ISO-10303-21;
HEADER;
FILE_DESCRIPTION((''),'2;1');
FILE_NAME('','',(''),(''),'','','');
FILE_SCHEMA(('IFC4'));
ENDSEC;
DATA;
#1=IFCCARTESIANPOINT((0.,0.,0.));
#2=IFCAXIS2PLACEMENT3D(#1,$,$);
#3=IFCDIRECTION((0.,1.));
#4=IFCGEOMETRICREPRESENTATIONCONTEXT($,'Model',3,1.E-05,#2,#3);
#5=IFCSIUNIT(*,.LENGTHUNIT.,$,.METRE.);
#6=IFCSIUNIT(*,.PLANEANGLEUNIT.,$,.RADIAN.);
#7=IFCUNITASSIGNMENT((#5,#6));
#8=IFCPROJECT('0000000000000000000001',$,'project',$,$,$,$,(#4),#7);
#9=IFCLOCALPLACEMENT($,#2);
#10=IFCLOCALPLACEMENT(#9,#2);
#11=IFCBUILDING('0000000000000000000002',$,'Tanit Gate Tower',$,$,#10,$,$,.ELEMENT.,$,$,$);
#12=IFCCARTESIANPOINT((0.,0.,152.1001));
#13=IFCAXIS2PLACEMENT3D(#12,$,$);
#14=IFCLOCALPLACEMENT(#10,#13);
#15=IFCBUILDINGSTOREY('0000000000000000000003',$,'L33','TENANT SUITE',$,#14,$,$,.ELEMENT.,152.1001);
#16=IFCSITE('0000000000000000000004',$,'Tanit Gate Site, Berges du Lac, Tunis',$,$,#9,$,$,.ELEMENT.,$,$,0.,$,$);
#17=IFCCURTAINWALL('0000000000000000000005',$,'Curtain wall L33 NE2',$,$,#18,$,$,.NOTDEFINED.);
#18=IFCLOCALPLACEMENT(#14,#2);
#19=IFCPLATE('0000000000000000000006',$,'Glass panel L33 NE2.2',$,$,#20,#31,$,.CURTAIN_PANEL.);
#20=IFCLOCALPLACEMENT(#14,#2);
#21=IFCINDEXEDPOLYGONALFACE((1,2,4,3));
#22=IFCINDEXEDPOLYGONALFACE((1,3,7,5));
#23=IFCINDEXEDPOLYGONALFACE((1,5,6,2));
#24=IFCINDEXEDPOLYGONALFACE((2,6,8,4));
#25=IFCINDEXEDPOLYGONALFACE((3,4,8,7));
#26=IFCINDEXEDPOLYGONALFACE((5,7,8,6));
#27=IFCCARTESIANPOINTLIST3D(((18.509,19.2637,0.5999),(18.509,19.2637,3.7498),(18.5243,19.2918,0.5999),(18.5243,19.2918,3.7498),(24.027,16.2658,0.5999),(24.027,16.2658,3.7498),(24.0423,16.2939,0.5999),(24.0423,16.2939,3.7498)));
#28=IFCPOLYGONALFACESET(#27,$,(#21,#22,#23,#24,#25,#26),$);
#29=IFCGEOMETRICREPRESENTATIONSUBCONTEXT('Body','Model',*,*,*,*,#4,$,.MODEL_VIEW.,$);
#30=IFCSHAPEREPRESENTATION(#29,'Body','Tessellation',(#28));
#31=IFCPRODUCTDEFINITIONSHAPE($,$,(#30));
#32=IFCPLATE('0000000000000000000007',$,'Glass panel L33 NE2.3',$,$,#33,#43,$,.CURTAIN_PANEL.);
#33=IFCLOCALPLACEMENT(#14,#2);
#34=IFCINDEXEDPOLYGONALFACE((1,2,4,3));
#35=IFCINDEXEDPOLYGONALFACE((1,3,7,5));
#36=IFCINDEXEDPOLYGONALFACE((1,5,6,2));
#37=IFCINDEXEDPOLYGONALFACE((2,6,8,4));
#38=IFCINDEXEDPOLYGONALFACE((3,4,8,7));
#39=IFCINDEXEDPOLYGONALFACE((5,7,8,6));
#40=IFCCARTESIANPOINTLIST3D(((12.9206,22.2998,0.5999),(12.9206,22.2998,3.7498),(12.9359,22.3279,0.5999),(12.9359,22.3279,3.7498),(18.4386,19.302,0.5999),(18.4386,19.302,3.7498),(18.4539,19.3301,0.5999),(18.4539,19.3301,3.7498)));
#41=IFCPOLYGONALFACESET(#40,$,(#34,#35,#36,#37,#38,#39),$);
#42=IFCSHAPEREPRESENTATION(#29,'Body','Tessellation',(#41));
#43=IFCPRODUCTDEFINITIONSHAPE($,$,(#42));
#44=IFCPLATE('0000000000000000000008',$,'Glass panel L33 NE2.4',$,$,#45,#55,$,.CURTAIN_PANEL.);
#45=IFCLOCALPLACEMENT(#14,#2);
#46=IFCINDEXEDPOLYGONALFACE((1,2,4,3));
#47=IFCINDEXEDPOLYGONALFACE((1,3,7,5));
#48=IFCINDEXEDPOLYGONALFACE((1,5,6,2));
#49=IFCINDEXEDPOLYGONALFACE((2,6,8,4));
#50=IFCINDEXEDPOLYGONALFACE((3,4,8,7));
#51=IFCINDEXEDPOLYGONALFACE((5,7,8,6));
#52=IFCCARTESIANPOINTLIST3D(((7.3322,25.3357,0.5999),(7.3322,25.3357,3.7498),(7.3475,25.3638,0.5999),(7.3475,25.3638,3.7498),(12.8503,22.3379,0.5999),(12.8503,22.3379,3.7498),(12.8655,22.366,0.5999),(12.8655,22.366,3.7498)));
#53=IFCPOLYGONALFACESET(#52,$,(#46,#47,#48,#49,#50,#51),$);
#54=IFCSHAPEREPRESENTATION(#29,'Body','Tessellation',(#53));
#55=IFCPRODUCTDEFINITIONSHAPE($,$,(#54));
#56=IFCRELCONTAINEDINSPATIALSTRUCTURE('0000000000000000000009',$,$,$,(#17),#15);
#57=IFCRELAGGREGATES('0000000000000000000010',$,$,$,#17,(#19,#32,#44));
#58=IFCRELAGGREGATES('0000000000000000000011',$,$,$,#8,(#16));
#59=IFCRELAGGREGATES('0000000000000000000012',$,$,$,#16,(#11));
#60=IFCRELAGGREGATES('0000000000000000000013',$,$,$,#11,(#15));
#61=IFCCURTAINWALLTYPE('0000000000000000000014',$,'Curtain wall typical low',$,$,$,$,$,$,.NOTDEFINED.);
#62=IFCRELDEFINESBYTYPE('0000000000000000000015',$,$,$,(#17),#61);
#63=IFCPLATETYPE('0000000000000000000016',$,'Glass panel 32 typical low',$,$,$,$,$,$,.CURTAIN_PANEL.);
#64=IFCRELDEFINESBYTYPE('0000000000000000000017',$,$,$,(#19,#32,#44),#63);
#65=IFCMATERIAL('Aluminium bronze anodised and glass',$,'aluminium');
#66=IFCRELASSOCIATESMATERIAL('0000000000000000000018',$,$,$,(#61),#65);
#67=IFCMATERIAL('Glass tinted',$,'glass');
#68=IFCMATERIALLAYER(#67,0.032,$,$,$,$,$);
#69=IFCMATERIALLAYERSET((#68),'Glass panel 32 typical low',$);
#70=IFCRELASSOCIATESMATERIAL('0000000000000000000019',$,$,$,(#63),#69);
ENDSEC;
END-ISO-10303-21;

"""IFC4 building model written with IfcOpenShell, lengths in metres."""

from ifc_helpers import new_model, si_unit, direction, frame, origin, origin_2d, place, context, subcontext, project, spatial, rectangle, extrude, material, layer, layer_set, type_object, element, aggregate, save


model = new_model("IFC4")

# Units and contexts
model_context = context("Model", 3, precision=1e-05, world=origin(), true_north=direction((0.0, 1.0)))
body_context = subcontext(model_context, "Body", "Model", "MODEL_VIEW")
ifc_project = project(units=[si_unit("LENGTHUNIT", "METRE"), si_unit("PLANEANGLEUNIT", "RADIAN")], contexts=[model_context])

# Site, building, storey
site_placement = place(None, origin())
site = spatial("IfcSite", under=ifc_project, at=site_placement, Name="Tanit Gate Site, Berges du Lac, Tunis", CompositionType="ELEMENT", RefElevation=0.0)
building_placement = place(site_placement, origin())
building = spatial("IfcBuilding", under=site, at=building_placement, Name="Tanit Gate Tower", CompositionType="ELEMENT")
storey_placement = place(building_placement, frame((0.0, 0.0, 152.1001)))
storey = spatial("IfcBuildingStorey", under=building, at=storey_placement, Name="L33", Description="TENANT SUITE", CompositionType="ELEMENT", Elevation=152.1001)

# Curtain wall
ifc_material_1 = material(Name="Aluminium bronze anodised and glass", Category="aluminium")
curtain_wall_type = type_object("IfcCurtainWallType", Name="Curtain wall typical low", PredefinedType="NOTDEFINED", material=ifc_material_1)
curtain_wall_placement = place(storey_placement, origin())
curtain_wall = element("IfcCurtainWall", 1, at=curtain_wall_placement, inside=storey, type_object=curtain_wall_type, Name="Curtain wall L33 NE2", PredefinedType="NOTDEFINED")

# Plates
ifc_material_2 = material(Name="Glass tinted", Category="glass")
ifc_layer = layer(ifc_material_2, 0.032)
ifc_layer_set = layer_set([ifc_layer], Name="Glass panel 32 typical low")
plate_type = type_object("IfcPlateType", Name="Glass panel 32 typical low", PredefinedType="CURTAIN_PANEL", material=ifc_layer_set)
plate_1_placement = place(storey_placement, frame((21.2756, 17.7788, 0.5999), z_axis=(0.0, 0.0, 1.0), x_axis=(-0.878696, 0.477381, 0.0)))
plate_1 = element("IfcPlate", 2, at=plate_1_placement, type_object=plate_type, Name="Glass panel L33 NE2.2", PredefinedType="CURTAIN_PANEL", context=body_context, shape_type="SweptSolid", body=[
    extrude(rectangle(XDim=6.2798, YDim=0.032, at=origin_2d()), origin(), (0.0, 0.0, 1.0), 3.1499),
])
plate_2_placement = place(storey_placement, frame((15.6873, 20.8149, 0.5999), z_axis=(0.0, 0.0, 1.0), x_axis=(-0.878696, 0.477381, 0.0)))
plate_2 = element("IfcPlate", 3, at=plate_2_placement, type_object=plate_type, Name="Glass panel L33 NE2.3", PredefinedType="CURTAIN_PANEL", context=body_context, shape_type="SweptSolid", body=[
    extrude(rectangle(XDim=6.2798, YDim=0.032, at=origin_2d()), origin(), (0.0, 0.0, 1.0), 3.1499),
])
plate_3_placement = place(storey_placement, frame((10.0989, 23.8508, 0.5999), z_axis=(0.0, 0.0, 1.0), x_axis=(-0.878696, 0.477381, 0.0)))
plate_3 = element("IfcPlate", 4, at=plate_3_placement, type_object=plate_type, Name="Glass panel L33 NE2.4", PredefinedType="CURTAIN_PANEL", context=body_context, shape_type="SweptSolid", body=[
    extrude(rectangle(XDim=6.2798, YDim=0.032, at=origin_2d()), origin(), (0.0, 0.0, 1.0), 3.1499),
])
aggregate(curtain_wall, [plate_1, plate_2, plate_3])

save(model, "model.ifc")
